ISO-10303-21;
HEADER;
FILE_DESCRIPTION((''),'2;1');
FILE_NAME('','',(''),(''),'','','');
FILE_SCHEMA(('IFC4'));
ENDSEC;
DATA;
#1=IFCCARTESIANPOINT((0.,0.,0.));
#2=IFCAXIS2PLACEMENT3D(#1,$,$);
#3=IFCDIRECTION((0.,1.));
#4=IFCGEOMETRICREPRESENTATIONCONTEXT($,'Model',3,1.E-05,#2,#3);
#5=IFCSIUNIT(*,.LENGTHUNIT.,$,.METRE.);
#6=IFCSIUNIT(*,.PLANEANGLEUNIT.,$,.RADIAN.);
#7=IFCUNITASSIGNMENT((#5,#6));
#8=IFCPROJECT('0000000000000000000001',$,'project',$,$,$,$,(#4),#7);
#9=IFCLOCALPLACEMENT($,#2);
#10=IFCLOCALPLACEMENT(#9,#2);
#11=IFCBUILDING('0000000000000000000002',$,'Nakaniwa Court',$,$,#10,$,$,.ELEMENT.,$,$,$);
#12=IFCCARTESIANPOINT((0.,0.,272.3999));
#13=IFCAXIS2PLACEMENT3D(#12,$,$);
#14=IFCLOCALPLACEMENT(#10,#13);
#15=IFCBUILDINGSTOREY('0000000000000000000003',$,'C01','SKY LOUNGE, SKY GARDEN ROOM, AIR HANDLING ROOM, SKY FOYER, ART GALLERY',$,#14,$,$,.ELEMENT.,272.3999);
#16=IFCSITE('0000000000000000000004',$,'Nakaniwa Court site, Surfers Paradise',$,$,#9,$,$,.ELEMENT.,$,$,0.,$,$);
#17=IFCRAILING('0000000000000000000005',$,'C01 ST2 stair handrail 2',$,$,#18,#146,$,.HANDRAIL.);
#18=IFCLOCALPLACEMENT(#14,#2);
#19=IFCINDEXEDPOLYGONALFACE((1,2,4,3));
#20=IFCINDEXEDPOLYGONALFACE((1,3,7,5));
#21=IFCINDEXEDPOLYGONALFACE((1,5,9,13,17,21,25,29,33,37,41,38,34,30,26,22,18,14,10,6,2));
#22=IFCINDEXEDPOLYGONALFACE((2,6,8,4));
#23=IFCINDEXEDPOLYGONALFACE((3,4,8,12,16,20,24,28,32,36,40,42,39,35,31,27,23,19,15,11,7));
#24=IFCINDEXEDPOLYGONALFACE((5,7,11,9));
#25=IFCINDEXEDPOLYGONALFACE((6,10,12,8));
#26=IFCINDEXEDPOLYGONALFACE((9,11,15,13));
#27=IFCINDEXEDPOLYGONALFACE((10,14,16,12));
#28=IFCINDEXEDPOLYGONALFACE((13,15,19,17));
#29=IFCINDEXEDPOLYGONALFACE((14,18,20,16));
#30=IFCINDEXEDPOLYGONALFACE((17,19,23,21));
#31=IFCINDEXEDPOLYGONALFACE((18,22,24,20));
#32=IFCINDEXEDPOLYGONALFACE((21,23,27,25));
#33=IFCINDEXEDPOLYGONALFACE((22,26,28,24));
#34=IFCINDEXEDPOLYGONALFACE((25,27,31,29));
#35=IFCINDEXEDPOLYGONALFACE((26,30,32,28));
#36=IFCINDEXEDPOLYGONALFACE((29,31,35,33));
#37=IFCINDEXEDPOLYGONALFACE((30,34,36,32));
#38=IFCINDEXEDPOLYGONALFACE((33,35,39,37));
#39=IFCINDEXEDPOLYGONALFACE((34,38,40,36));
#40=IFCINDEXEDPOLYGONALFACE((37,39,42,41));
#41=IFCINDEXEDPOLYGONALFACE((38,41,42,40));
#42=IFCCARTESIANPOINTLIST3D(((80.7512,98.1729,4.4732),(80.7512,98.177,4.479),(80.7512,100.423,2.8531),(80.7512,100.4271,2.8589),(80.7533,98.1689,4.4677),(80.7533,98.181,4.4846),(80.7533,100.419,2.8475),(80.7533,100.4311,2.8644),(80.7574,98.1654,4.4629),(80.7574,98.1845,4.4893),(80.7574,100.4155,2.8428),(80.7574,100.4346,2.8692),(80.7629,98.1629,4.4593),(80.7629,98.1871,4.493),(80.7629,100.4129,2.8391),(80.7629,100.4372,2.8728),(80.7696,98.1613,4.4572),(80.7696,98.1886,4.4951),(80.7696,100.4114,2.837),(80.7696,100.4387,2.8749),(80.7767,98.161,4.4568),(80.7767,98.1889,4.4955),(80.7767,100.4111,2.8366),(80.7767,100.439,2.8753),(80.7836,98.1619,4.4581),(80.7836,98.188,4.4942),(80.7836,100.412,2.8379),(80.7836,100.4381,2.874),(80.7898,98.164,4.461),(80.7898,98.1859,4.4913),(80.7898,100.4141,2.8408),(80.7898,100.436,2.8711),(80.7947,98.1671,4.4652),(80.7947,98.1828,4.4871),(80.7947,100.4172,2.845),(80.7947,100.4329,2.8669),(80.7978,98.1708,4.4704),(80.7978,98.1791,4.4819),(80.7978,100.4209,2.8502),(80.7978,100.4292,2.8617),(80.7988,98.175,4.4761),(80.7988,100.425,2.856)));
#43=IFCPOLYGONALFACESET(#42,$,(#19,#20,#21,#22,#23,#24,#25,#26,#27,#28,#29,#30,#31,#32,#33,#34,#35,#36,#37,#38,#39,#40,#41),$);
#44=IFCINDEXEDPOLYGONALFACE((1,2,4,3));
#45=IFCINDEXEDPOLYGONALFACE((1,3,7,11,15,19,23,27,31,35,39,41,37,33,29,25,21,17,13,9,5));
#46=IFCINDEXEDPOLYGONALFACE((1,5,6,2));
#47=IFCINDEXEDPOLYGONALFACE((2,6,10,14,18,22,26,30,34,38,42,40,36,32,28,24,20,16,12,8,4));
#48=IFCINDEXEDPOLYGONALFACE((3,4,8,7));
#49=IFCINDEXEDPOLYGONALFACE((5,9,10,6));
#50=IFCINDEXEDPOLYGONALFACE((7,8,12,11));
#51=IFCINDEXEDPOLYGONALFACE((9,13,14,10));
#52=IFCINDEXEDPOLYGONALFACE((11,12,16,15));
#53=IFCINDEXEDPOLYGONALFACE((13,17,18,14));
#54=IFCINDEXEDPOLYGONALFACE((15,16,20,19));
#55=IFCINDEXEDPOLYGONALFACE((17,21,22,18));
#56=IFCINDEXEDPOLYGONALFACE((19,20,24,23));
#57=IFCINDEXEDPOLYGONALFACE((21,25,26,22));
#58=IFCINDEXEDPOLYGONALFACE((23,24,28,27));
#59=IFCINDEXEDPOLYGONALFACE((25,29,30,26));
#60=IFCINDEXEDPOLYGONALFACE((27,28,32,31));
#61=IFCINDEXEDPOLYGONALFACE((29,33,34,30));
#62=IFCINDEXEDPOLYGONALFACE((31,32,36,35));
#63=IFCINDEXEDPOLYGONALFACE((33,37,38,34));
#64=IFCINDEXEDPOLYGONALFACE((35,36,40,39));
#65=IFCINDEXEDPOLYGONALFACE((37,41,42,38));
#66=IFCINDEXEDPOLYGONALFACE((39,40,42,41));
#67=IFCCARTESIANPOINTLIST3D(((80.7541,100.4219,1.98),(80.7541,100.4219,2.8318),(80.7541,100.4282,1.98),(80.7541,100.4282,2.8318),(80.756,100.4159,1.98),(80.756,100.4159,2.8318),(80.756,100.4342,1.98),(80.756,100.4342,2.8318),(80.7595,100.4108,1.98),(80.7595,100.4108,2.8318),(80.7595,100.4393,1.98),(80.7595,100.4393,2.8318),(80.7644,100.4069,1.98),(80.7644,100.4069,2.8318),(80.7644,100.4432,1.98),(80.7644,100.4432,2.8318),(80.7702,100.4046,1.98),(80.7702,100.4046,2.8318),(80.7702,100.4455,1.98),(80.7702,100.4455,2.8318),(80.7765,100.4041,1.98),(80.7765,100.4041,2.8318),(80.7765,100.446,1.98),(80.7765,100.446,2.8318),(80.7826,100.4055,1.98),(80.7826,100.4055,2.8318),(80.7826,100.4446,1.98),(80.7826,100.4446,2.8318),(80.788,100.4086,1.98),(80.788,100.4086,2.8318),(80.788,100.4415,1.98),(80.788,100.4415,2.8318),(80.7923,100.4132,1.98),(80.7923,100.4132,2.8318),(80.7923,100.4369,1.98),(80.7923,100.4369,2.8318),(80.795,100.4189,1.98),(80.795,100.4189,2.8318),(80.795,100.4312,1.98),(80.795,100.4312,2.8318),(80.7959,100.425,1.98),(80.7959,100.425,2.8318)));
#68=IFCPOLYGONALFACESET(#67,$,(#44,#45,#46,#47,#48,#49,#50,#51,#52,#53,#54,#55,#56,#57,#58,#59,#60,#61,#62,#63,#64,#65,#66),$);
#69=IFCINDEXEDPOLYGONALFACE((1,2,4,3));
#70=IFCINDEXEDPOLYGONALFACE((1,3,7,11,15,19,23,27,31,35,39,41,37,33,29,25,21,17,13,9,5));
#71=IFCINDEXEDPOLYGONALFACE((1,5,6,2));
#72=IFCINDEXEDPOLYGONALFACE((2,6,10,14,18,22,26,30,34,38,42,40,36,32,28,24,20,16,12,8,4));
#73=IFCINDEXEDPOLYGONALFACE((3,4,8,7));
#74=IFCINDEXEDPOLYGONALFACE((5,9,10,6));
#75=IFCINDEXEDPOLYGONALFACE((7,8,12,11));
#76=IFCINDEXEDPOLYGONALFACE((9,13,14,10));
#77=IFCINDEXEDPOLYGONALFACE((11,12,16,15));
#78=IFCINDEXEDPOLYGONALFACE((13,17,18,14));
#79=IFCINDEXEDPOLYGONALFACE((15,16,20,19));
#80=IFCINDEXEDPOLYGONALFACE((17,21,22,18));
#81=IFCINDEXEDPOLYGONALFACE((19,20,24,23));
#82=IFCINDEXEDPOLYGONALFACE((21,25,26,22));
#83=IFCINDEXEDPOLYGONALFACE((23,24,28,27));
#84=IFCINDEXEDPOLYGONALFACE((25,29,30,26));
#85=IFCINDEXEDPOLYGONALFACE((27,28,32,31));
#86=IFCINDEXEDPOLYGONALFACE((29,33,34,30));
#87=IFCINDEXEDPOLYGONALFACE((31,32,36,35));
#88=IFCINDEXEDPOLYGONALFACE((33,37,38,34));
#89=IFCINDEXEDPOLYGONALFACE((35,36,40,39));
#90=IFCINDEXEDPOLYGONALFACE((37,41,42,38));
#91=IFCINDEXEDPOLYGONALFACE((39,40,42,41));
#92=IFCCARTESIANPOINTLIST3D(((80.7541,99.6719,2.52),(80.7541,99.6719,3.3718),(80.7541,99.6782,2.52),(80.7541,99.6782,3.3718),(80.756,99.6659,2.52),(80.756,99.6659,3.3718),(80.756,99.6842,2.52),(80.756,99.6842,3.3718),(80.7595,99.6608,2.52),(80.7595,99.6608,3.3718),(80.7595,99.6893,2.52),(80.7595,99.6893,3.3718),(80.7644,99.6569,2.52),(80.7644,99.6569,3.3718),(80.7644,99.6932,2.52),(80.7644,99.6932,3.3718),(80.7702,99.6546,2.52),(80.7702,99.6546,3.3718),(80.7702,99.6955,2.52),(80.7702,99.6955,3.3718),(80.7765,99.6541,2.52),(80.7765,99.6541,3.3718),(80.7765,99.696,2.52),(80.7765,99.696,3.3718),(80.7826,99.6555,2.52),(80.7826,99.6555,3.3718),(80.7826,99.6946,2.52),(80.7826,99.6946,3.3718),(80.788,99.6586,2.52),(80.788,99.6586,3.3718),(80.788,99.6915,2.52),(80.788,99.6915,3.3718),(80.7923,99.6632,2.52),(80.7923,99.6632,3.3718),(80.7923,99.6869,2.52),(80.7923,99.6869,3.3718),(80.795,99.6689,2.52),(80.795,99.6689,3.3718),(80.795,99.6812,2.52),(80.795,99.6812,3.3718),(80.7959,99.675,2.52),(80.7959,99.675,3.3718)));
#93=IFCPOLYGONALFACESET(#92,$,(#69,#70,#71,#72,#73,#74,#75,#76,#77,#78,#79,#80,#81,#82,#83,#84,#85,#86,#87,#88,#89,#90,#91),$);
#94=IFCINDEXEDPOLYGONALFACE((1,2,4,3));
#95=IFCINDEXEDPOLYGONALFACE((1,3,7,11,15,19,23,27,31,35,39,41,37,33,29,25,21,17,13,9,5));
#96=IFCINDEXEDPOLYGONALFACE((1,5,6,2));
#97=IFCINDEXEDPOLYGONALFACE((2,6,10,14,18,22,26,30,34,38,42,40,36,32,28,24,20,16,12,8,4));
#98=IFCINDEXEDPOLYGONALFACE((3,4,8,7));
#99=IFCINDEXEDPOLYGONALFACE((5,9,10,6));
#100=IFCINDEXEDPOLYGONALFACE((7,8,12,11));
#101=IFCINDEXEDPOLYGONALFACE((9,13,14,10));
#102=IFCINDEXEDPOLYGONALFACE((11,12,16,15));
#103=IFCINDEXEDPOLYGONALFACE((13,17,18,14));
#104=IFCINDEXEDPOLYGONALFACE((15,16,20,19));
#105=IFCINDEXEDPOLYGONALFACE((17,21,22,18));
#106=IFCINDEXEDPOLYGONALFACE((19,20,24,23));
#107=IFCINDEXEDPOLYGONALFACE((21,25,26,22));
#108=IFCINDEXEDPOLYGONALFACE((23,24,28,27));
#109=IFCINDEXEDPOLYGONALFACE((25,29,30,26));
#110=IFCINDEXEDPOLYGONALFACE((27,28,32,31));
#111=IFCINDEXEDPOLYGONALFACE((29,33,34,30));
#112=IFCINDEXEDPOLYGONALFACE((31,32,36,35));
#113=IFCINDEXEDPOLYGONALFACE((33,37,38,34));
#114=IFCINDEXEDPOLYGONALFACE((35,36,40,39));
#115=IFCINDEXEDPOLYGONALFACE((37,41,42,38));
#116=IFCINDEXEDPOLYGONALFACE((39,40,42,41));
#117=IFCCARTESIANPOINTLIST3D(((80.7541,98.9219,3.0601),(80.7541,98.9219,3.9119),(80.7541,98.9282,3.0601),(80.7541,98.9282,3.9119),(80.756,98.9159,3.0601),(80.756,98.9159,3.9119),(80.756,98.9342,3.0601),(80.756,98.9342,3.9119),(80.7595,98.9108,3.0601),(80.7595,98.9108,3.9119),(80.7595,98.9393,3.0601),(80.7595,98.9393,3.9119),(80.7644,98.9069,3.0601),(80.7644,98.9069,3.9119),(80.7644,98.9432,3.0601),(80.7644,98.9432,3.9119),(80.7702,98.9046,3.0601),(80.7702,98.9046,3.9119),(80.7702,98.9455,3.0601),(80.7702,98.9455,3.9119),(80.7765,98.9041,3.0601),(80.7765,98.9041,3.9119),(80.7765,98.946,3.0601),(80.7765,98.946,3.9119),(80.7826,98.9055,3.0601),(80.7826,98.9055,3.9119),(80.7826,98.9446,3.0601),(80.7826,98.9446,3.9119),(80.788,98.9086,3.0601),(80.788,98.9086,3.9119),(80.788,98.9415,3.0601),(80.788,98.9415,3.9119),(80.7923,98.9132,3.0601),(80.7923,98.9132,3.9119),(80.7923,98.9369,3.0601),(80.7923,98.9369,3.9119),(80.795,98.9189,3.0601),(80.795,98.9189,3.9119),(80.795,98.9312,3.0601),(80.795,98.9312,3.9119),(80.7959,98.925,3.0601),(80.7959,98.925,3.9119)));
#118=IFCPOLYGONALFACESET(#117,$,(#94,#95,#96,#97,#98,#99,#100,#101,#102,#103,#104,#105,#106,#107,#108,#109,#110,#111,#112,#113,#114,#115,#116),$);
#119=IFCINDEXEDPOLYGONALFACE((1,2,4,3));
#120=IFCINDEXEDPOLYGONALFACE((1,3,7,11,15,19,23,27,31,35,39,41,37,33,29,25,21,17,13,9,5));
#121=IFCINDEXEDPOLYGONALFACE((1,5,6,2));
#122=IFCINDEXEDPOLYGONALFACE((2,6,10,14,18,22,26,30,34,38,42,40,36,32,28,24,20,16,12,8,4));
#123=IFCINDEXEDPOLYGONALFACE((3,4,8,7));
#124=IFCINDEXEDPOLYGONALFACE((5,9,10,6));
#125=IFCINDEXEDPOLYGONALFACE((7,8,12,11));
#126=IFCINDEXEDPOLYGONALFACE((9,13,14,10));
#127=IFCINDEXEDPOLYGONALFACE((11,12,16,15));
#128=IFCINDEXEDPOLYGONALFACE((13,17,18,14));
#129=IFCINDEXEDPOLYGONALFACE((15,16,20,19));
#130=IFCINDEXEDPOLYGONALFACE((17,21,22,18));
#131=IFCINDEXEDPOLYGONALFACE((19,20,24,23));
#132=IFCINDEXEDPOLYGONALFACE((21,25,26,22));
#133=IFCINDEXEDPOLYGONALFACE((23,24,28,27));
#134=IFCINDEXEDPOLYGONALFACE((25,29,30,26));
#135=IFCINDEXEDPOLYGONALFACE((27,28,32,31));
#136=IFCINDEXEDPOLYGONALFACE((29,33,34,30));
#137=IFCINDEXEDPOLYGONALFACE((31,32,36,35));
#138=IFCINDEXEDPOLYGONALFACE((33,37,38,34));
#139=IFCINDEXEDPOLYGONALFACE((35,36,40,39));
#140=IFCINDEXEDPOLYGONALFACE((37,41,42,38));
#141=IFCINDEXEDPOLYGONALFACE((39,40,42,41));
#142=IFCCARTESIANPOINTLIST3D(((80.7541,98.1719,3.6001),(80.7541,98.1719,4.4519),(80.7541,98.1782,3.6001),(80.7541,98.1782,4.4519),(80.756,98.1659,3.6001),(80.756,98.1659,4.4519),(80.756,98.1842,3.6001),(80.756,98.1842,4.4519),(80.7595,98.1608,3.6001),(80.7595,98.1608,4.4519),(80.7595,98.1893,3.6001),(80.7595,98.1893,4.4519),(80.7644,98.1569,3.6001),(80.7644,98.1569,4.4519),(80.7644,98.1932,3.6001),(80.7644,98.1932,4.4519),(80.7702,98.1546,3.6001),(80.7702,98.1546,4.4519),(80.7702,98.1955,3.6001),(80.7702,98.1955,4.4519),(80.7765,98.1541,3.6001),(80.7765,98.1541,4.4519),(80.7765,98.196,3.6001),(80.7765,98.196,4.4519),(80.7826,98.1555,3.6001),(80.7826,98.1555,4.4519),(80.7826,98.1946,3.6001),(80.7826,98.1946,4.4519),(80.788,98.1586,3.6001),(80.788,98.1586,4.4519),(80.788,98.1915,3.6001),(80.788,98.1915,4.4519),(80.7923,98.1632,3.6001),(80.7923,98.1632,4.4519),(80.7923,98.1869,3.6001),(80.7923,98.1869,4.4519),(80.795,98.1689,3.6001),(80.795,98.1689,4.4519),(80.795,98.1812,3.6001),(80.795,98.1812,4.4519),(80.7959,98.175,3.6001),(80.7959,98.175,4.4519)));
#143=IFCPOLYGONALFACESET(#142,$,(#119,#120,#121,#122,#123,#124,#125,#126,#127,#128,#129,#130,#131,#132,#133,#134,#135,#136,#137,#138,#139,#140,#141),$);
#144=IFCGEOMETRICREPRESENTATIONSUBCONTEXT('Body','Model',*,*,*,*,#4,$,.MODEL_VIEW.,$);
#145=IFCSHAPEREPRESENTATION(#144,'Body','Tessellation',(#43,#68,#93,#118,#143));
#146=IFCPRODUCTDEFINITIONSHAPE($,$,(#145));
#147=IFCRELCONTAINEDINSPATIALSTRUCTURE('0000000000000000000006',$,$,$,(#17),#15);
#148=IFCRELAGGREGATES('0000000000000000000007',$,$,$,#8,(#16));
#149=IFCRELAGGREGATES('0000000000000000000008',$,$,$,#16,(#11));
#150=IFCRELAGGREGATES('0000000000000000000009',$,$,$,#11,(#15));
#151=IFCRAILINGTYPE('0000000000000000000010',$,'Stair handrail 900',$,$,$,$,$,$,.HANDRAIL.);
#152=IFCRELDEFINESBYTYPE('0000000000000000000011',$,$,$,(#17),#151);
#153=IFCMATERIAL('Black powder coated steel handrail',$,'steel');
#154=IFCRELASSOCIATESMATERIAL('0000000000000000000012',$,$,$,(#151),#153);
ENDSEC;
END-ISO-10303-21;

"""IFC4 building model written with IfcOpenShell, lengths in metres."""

from ifc_helpers import new_model, si_unit, direction, frame, origin, origin_2d, place, context, subcontext, project, spatial, circle, extrude, material, type_object, element, save


model = new_model("IFC4")

# Units and contexts
model_context = context("Model", 3, precision=1e-05, world=origin(), true_north=direction((0.0, 1.0)))
body_context = subcontext(model_context, "Body", "Model", "MODEL_VIEW")
ifc_project = project(units=[si_unit("LENGTHUNIT", "METRE"), si_unit("PLANEANGLEUNIT", "RADIAN")], contexts=[model_context])

# Site, building, storey
site_placement = place(None, origin())
site = spatial("IfcSite", under=ifc_project, at=site_placement, Name="Nakaniwa Court site, Surfers Paradise", CompositionType="ELEMENT", RefElevation=0.0)
building_placement = place(site_placement, origin())
building = spatial("IfcBuilding", under=site, at=building_placement, Name="Nakaniwa Court", CompositionType="ELEMENT")
storey_placement = place(building_placement, frame((0.0, 0.0, 272.3999)))
storey = spatial("IfcBuildingStorey", under=building, at=storey_placement, Name="C01", Description="SKY LOUNGE, SKY GARDEN ROOM, AIR HANDLING ROOM, SKY FOYER, ART GALLERY", CompositionType="ELEMENT", Elevation=272.3999)

# Railing
ifc_material_1 = material(Name="Black powder coated steel handrail", Category="steel")
railing_type_1 = type_object("IfcRailingType", Name="Stair handrail 900", PredefinedType="HANDRAIL", material=ifc_material_1)
railing_1_placement = place(storey_placement, frame((80.7749, 100.425, 1.98)))
element("IfcRailing", 1, at=railing_1_placement, inside=storey, type_object=railing_type_1, Name="C01 ST2 stair handrail 2", PredefinedType="HANDRAIL", context=body_context, shape_type="SweptSolid", body=[
    extrude(circle(Radius=0.0239, at=origin_2d()), frame((0.0, 0.0, 0.876), z_axis=(0.0, -0.811514, 0.584333), x_axis=(1.0, 0.0, 0.0)), (0.0, 0.0, 1.0), 2.7727),
    extrude(circle(Radius=0.021, at=origin_2d()), origin(), (0.0, 0.0, 1.0), 0.8518),
    extrude(circle(Radius=0.021, at=origin_2d()), frame((0.0, -0.75, 0.54)), (0.0, 0.0, 1.0), 0.8518),
    extrude(circle(Radius=0.021, at=origin_2d()), frame((0.0, -1.5, 1.0801)), (0.0, 0.0, 1.0), 0.8518),
    extrude(circle(Radius=0.021, at=origin_2d()), frame((0.0, -2.25, 1.6201)), (0.0, 0.0, 1.0), 0.8518),
])

save(model, "model.ifc")
